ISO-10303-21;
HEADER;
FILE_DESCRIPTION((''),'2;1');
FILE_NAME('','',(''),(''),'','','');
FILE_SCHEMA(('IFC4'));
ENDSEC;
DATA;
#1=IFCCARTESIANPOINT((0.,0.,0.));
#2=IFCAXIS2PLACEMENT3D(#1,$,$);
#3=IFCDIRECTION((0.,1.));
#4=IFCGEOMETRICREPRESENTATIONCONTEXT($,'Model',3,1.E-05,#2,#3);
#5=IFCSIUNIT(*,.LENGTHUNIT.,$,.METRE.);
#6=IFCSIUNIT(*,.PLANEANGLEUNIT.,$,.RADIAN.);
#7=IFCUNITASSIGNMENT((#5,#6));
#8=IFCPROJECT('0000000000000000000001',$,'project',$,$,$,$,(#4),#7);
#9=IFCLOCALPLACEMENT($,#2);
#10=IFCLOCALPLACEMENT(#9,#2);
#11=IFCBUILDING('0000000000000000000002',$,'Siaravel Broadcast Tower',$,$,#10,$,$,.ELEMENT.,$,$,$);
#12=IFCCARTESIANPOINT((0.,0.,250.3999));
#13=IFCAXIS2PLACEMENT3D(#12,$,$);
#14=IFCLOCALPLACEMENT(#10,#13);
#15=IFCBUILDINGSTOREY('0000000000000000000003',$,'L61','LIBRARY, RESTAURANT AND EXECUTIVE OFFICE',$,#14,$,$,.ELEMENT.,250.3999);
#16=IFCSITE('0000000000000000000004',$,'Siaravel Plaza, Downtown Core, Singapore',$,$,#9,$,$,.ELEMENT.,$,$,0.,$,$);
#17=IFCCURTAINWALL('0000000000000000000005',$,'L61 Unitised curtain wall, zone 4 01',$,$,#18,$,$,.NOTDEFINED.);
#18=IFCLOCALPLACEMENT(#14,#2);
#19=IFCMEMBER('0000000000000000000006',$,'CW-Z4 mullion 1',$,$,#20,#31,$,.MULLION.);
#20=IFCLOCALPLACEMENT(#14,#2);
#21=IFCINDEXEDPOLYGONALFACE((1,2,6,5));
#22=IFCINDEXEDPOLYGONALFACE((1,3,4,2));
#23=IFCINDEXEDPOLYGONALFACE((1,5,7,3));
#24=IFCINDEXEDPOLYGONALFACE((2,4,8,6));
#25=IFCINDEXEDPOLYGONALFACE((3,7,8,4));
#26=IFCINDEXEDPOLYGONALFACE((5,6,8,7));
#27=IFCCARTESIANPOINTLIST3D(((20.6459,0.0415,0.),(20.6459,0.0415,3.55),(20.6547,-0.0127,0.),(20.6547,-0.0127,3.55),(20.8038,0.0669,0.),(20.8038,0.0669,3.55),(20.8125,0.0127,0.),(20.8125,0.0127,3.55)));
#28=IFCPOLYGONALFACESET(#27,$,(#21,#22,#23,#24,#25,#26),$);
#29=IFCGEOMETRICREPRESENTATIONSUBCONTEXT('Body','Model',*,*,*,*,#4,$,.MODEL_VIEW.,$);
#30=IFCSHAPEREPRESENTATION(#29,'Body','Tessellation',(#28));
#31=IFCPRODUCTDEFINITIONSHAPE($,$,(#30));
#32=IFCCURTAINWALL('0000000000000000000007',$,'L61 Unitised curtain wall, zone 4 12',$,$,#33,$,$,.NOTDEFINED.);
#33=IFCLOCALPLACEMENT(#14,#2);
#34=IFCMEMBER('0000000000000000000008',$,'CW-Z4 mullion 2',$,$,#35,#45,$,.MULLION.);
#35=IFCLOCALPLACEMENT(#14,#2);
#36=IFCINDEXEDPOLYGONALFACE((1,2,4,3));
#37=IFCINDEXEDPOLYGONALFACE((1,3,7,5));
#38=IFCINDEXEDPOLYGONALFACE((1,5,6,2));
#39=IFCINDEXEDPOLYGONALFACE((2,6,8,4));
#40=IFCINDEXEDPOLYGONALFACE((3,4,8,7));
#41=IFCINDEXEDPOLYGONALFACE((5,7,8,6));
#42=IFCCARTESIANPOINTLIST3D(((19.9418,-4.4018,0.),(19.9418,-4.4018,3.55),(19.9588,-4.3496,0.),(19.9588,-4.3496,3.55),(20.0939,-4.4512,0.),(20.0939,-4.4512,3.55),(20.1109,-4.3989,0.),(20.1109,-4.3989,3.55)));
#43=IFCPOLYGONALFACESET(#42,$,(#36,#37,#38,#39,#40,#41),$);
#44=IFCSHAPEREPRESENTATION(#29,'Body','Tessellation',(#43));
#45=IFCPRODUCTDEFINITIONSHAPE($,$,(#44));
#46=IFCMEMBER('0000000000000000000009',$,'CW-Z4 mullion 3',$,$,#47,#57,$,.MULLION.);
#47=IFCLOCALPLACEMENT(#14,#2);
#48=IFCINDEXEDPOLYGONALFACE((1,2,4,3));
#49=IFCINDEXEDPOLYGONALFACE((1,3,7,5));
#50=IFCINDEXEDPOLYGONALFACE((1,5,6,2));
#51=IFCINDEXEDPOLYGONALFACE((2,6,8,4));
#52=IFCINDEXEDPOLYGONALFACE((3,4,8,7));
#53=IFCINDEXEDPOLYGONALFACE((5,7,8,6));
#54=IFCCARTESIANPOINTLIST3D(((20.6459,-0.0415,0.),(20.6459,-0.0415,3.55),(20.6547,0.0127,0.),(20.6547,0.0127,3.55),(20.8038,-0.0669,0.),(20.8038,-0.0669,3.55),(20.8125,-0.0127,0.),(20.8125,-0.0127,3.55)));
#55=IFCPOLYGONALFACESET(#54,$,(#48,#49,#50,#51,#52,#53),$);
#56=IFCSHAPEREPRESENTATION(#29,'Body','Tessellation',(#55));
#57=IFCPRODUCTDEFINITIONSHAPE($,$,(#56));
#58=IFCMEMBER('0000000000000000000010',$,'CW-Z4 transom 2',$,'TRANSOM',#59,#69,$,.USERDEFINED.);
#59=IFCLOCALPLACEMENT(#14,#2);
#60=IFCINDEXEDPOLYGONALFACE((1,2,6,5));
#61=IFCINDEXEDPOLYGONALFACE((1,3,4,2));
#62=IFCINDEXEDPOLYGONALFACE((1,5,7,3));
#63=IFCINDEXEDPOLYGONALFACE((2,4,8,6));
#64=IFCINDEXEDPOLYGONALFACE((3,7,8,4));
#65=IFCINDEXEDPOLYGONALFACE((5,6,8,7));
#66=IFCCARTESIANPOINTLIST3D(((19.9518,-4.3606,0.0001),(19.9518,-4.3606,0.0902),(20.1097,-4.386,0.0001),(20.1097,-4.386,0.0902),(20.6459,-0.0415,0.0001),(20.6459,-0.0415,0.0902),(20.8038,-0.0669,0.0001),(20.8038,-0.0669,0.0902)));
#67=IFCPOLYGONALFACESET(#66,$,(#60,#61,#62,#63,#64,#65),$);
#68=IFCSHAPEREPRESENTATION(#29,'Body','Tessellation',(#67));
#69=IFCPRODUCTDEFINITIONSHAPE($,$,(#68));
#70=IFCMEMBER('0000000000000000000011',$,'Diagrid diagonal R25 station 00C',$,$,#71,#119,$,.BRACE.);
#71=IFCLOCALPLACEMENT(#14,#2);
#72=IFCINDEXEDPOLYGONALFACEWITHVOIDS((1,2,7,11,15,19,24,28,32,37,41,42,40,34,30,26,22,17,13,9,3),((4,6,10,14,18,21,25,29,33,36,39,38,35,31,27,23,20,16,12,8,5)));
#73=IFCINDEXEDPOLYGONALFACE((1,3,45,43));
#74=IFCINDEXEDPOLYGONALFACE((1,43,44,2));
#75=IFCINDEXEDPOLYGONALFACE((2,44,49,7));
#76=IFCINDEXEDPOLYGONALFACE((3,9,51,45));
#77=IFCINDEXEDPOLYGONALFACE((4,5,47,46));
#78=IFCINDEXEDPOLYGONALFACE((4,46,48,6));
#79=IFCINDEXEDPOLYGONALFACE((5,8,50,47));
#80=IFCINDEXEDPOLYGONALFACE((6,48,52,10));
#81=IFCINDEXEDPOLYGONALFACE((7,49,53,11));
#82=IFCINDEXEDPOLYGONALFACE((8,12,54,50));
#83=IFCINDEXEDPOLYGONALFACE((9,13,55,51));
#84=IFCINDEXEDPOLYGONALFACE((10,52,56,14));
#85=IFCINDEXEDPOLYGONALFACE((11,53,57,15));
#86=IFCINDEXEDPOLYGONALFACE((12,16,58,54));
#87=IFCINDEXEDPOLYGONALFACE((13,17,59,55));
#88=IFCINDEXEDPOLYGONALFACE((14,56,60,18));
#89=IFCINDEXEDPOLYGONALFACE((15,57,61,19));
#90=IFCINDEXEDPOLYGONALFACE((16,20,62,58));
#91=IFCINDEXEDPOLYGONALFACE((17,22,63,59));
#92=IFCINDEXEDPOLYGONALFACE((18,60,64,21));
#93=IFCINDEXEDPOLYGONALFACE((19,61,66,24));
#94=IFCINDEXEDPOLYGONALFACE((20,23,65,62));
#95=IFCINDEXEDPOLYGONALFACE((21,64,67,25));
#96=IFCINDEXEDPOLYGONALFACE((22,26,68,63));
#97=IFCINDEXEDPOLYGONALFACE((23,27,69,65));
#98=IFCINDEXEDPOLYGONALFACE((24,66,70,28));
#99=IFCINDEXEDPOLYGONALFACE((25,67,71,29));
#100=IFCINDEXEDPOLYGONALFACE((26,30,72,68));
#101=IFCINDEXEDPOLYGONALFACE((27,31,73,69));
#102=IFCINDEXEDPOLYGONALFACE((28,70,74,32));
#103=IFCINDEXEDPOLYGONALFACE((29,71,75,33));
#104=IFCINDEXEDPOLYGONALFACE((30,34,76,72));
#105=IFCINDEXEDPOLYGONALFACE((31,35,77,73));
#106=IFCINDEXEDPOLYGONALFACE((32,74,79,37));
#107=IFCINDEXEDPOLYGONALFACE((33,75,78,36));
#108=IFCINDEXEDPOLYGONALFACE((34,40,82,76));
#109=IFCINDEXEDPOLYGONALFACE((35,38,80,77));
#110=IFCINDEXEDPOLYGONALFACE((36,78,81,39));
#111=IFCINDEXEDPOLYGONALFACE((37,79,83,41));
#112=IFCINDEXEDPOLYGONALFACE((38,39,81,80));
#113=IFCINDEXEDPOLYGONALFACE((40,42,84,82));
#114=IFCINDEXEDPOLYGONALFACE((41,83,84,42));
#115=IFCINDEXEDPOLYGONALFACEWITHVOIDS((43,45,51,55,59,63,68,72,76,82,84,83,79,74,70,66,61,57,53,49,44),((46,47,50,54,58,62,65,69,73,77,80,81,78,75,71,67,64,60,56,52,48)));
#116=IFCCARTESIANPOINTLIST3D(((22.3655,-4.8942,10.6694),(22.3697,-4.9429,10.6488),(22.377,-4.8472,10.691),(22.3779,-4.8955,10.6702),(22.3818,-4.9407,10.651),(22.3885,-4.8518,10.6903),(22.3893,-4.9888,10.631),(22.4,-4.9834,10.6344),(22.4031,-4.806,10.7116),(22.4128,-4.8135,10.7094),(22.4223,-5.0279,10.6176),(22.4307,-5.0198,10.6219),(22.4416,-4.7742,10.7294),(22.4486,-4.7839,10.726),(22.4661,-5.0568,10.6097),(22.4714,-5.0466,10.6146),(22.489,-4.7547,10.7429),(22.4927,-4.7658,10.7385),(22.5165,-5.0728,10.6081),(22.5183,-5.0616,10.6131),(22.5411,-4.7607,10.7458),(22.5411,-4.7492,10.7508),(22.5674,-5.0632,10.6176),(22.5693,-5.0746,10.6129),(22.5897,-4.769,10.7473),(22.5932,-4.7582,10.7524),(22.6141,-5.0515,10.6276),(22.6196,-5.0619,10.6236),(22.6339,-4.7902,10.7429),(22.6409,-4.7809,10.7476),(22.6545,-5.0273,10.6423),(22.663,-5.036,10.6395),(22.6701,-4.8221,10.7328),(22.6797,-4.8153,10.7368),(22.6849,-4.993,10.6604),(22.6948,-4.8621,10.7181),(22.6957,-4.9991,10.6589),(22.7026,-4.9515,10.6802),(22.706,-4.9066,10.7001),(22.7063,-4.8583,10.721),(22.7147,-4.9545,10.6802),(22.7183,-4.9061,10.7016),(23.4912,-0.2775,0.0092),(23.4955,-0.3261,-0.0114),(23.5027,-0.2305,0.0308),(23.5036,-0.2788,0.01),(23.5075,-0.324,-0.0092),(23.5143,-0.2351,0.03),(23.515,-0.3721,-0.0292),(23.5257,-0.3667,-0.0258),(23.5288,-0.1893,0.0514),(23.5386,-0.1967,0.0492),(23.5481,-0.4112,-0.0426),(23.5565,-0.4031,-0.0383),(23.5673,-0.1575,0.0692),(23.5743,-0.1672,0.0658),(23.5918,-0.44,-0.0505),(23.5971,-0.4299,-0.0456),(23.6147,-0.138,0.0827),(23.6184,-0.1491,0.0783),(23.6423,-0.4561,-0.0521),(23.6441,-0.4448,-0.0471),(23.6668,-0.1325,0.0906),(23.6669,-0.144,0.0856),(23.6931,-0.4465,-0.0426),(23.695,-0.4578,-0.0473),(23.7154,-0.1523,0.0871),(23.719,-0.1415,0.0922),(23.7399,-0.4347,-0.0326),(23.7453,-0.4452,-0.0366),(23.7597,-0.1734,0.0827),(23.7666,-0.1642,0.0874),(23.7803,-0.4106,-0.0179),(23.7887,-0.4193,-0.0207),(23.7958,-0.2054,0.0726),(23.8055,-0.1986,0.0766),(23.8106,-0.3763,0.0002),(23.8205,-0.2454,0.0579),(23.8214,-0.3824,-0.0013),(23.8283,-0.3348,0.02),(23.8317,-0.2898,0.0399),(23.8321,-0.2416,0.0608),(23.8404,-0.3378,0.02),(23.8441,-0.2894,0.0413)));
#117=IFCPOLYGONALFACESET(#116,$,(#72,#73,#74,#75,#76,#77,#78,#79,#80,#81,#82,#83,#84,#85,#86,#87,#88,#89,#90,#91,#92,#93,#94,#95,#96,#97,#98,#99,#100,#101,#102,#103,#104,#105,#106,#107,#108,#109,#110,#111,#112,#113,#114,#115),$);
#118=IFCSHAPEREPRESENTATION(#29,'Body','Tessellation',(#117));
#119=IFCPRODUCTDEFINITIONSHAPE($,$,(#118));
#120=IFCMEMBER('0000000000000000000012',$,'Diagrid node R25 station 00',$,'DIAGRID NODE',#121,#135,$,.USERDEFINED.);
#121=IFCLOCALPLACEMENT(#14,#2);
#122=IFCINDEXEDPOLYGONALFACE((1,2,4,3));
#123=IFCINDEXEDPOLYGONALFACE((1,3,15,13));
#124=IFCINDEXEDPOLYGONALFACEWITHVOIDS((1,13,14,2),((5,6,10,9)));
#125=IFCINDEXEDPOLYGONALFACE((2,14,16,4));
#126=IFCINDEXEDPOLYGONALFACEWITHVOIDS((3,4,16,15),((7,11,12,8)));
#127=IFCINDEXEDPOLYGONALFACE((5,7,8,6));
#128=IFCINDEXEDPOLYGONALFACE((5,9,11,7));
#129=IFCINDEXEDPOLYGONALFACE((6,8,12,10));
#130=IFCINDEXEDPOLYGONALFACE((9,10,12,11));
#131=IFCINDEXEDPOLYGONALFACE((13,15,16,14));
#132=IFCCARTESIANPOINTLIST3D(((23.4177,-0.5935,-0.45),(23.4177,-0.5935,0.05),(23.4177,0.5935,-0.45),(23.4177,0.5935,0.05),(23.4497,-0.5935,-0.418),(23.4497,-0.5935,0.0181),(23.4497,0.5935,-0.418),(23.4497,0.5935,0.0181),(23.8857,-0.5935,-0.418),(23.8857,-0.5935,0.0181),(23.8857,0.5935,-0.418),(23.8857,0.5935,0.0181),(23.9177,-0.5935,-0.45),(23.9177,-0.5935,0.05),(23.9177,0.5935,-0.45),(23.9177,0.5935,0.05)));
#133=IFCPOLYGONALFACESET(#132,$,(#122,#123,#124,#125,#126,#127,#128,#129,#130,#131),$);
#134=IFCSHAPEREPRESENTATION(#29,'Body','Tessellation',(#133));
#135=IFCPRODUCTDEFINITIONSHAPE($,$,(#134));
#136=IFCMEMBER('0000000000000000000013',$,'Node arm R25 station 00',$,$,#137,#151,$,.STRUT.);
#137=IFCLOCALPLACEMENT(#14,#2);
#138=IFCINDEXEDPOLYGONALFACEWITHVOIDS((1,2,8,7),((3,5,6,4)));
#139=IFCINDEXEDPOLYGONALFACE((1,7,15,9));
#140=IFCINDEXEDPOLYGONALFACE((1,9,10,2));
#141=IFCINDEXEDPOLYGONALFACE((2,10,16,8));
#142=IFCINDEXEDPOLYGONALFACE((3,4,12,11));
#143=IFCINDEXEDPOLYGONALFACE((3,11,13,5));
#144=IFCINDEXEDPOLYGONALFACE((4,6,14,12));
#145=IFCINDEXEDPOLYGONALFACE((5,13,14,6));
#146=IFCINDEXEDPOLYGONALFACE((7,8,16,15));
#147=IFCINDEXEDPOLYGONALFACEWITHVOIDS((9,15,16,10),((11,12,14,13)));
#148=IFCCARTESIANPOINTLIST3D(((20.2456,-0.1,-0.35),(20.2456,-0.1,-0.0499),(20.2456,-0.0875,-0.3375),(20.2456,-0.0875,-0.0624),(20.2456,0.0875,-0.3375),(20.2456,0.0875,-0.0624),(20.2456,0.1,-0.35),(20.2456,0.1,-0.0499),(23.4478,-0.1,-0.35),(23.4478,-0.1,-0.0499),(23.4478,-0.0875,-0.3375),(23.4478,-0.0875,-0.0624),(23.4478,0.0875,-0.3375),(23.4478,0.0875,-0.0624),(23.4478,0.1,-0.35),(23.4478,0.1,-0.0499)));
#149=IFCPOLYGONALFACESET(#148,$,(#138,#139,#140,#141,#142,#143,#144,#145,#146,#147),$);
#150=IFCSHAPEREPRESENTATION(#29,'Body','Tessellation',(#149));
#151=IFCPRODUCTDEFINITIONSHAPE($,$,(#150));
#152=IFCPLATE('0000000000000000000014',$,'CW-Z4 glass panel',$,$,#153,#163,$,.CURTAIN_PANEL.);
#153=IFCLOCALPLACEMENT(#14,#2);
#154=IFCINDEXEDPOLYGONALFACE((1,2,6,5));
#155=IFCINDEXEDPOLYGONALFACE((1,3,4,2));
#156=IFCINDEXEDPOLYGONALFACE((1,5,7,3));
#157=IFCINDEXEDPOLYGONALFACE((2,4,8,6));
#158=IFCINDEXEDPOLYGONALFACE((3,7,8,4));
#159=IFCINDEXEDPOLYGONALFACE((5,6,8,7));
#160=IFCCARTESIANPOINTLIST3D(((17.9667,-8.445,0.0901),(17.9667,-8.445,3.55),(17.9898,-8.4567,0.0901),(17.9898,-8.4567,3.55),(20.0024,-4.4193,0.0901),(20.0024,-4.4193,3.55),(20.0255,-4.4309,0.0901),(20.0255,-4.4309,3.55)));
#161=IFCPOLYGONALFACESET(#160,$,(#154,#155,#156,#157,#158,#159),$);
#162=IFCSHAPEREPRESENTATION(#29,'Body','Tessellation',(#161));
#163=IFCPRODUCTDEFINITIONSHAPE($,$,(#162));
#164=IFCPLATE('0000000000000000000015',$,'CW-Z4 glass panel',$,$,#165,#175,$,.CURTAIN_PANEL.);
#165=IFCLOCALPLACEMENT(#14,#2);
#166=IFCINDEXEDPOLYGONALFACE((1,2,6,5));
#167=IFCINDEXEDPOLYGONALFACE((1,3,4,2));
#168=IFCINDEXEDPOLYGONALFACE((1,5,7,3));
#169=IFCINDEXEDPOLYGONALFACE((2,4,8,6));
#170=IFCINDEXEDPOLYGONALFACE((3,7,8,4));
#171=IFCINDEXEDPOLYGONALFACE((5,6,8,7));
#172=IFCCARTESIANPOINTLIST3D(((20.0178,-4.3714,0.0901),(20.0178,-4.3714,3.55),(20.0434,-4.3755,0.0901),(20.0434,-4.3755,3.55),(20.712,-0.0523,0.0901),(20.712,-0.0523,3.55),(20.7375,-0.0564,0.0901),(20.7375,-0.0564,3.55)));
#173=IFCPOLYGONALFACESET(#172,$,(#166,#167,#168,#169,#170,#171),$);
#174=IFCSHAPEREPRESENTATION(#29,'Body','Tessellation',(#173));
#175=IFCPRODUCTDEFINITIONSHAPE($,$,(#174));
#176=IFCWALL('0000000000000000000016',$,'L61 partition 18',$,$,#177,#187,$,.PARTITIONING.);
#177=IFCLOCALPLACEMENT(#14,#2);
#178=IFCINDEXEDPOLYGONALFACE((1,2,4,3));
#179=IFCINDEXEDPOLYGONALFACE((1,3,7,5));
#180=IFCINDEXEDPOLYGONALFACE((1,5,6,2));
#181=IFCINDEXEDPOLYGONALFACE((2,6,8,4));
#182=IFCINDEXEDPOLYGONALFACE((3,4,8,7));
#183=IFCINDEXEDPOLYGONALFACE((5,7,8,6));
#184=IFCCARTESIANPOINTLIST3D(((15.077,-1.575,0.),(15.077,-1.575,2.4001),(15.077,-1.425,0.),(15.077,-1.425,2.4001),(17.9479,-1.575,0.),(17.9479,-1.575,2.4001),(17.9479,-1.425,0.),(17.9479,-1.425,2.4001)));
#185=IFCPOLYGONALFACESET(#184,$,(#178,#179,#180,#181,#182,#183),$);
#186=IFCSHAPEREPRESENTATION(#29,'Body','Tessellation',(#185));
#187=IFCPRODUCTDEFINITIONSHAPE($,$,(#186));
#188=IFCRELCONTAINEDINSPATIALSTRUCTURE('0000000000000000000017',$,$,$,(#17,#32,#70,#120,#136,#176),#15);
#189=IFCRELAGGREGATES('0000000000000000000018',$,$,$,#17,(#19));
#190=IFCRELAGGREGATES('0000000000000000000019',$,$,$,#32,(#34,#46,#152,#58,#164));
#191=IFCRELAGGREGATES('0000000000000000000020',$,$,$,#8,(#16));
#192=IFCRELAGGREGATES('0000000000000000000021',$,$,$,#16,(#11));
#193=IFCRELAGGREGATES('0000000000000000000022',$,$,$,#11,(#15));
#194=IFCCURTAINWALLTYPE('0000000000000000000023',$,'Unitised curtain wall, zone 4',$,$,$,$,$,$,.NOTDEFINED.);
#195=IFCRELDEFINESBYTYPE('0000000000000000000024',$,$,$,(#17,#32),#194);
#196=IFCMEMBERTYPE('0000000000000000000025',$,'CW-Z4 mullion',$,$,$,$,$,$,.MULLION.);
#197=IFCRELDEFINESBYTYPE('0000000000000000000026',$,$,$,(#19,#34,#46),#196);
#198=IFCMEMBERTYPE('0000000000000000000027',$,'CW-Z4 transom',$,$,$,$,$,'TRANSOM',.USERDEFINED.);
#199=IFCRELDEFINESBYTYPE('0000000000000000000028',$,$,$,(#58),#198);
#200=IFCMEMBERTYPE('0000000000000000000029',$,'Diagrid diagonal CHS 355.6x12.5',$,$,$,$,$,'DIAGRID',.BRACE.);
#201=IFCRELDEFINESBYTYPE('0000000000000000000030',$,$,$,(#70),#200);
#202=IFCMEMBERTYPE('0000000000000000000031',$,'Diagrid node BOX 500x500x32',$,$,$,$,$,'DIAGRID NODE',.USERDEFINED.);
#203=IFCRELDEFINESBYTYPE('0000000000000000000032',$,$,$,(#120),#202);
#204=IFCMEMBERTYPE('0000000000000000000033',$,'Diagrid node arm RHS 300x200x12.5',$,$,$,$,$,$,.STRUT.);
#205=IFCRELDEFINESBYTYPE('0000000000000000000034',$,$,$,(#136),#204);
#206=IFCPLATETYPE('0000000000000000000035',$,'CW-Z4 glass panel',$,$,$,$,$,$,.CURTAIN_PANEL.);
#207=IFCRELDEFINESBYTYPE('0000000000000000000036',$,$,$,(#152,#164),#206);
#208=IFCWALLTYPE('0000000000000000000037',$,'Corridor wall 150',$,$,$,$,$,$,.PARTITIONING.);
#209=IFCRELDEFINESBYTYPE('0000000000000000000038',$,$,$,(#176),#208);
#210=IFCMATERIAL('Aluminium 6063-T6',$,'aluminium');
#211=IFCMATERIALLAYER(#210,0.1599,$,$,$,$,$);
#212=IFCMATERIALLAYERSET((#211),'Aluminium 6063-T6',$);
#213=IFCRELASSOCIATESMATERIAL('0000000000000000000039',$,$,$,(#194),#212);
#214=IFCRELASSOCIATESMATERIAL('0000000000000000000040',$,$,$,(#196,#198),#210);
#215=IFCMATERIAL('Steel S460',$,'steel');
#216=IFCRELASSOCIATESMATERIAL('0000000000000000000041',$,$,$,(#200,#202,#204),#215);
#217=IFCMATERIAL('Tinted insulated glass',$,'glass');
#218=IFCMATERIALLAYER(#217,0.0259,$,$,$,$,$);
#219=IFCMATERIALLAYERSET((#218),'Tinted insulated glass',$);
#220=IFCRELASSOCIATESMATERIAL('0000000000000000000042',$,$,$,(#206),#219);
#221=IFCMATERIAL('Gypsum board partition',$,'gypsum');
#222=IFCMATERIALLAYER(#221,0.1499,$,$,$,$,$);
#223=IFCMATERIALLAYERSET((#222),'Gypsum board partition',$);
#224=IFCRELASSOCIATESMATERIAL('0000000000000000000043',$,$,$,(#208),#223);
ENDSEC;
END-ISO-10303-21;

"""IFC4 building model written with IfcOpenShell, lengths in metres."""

from ifc_helpers import new_model, si_unit, direction, frame, frame_2d, origin, origin_2d, place, context, subcontext, project, spatial, rectangle, hollow_rectangle, hollow_circle, extrude, material, layer, layer_set, material_profile, profile_set, type_object, element, aggregate, save


model = new_model("IFC4")

# Units and contexts
model_context = context("Model", 3, precision=1e-05, world=origin(), true_north=direction((0.0, 1.0)))
body_context = subcontext(model_context, "Body", "Model", "MODEL_VIEW")
ifc_project = project(units=[si_unit("LENGTHUNIT", "METRE"), si_unit("PLANEANGLEUNIT", "RADIAN")], contexts=[model_context])

# Site, building, storey
site_placement = place(None, origin())
site = spatial("IfcSite", under=ifc_project, at=site_placement, Name="Siaravel Plaza, Downtown Core, Singapore", CompositionType="ELEMENT", RefElevation=0.0)
building_placement = place(site_placement, origin())
building = spatial("IfcBuilding", under=site, at=building_placement, Name="Siaravel Broadcast Tower", CompositionType="ELEMENT")
storey_placement = place(building_placement, frame((0.0, 0.0, 250.3999)))
storey = spatial("IfcBuildingStorey", under=building, at=storey_placement, Name="L61", Description="LIBRARY, RESTAURANT AND EXECUTIVE OFFICE", CompositionType="ELEMENT", Elevation=250.3999)

# Curtain wall, member
ifc_material_1 = material(Name="Aluminium 6063-T6", Category="aluminium")
ifc_layer_1 = layer(ifc_material_1, 0.1599)
ifc_layer_set_1 = layer_set([ifc_layer_1], Name="Aluminium 6063-T6")
curtain_wall_type = type_object("IfcCurtainWallType", Name="Unitised curtain wall, zone 4", PredefinedType="NOTDEFINED", material=ifc_layer_set_1)
curtain_wall_1_placement = place(storey_placement, origin())
curtain_wall_1 = element("IfcCurtainWall", 1, at=curtain_wall_1_placement, inside=storey, type_object=curtain_wall_type, Name="L61 Unitised curtain wall, zone 4 01", PredefinedType="NOTDEFINED")
ifc_material_profile_1 = material_profile(ifc_material_1, rectangle(XDim=0.1599, YDim=0.0549, at=origin_2d()))
ifc_profile_set_1 = profile_set([ifc_material_profile_1], Name="Aluminium 6063-T6")
member_type_1 = type_object("IfcMemberType", Name="CW-Z4 mullion", PredefinedType="MULLION", material=ifc_profile_set_1)
member_1_placement = place(storey_placement, frame((20.7292, 0.0271, 0.0), z_axis=(0.0, 0.0, 1.0), x_axis=(-0.987329, -0.158685, 0.0)))
member_1 = element("IfcMember", 2, at=member_1_placement, type_object=member_type_1, Name="CW-Z4 mullion 1", PredefinedType="MULLION", context=body_context, shape_type="SweptSolid", body=[
    extrude(rectangle(XDim=0.1599, YDim=0.0549, at=origin_2d()), origin(), (0.0, 0.0, 1.0), 3.55),
])
aggregate(curtain_wall_1, [member_1])

# Curtain wall, members
curtain_wall_2_placement = place(storey_placement, origin())
curtain_wall_2 = element("IfcCurtainWall", 3, at=curtain_wall_2_placement, inside=storey, type_object=curtain_wall_type, Name="L61 Unitised curtain wall, zone 4 12", PredefinedType="NOTDEFINED")
member_2_placement = place(storey_placement, frame((20.0264, -4.4004, 0.0), z_axis=(0.0, 0.0, 1.0), x_axis=(-0.951178, 0.308644, 0.0)))
member_2 = element("IfcMember", 4, at=member_2_placement, type_object=member_type_1, Name="CW-Z4 mullion 2", PredefinedType="MULLION", context=body_context, shape_type="SweptSolid", body=[
    extrude(rectangle(XDim=0.1599, YDim=0.0549, at=origin_2d()), origin(), (0.0, 0.0, 1.0), 3.55),
])
member_3_placement = place(storey_placement, frame((20.7292, -0.0271, 0.0), z_axis=(0.0, 0.0, 1.0), x_axis=(-0.987329, 0.158685, 0.0)))
member_3 = element("IfcMember", 5, at=member_3_placement, type_object=member_type_1, Name="CW-Z4 mullion 3", PredefinedType="MULLION", context=body_context, shape_type="SweptSolid", body=[
    extrude(rectangle(XDim=0.1599, YDim=0.0549, at=origin_2d()), origin(), (0.0, 0.0, 1.0), 3.55),
])
ifc_material_profile_2 = material_profile(ifc_material_1, rectangle(XDim=0.1599, YDim=0.0901, at=origin_2d()))
ifc_profile_set_2 = profile_set([ifc_material_profile_2], Name="Aluminium 6063-T6")
member_type_2 = type_object("IfcMemberType", Name="CW-Z4 transom", ElementType="TRANSOM", PredefinedType="USERDEFINED", material=ifc_profile_set_2)
member_4_placement = place(storey_placement, frame((20.0308, -4.3733, 0.0452), z_axis=(0.158667, 0.987332, 0.0), x_axis=(-0.987332, 0.158667, 0.0)))
member_4 = element("IfcMember", 6, at=member_4_placement, type_object=member_type_2, Name="CW-Z4 transom 2", ObjectType="TRANSOM", PredefinedType="USERDEFINED", context=body_context, shape_type="SweptSolid", body=[
    extrude(rectangle(XDim=0.1599, YDim=0.0901, at=origin_2d()), origin(), (0.0, 0.0, 1.0), 4.3745),
])

# Members
ifc_material_2 = material(Name="Steel S460", Category="steel")
ifc_material_profile_3 = material_profile(ifc_material_2, hollow_circle(Radius=0.1777, WallThickness=0.0125, at=origin_2d()))
ifc_profile_set_3 = profile_set([ifc_material_profile_3], Name="Steel S460")
member_type_3 = type_object("IfcMemberType", Name="Diagrid diagonal CHS 355.6x12.5", ElementType="DIAGRID", PredefinedType="BRACE", material=ifc_profile_set_3)
member_5_placement = place(storey_placement, frame((23.6677, -0.2957, 0.02), z_axis=(-0.096453, -0.395559, 0.913362), x_axis=(0.971534, -0.236898, 0.0)))
element("IfcMember", 7, at=member_5_placement, inside=storey, type_object=member_type_3, Name="Diagrid diagonal R25 station 00C", PredefinedType="BRACE", context=body_context, shape_type="SweptSolid", body=[
    extrude(hollow_circle(Radius=0.1777, WallThickness=0.0125, at=origin_2d()), origin(), (0.0, 0.0, 1.0), 11.6714),
])
ifc_material_profile_4 = material_profile(ifc_material_2, hollow_rectangle(XDim=0.5, YDim=0.5, WallThickness=0.032, at=origin_2d()))
ifc_profile_set_4 = profile_set([ifc_material_profile_4], Name="Steel S460")
member_type_4 = type_object("IfcMemberType", Name="Diagrid node BOX 500x500x32", ElementType="DIAGRID NODE", PredefinedType="USERDEFINED", material=ifc_profile_set_4)
member_6_placement = place(storey_placement, frame((23.6677, -0.5935, -0.2), z_axis=(0.0, 1.0, 0.0), x_axis=(-1.0, 0.0, 0.0)))
element("IfcMember", 8, at=member_6_placement, inside=storey, type_object=member_type_4, Name="Diagrid node R25 station 00", ObjectType="DIAGRID NODE", PredefinedType="USERDEFINED", context=body_context, shape_type="SweptSolid", body=[
    extrude(hollow_rectangle(XDim=0.5, YDim=0.5, WallThickness=0.032, at=origin_2d()), origin(), (0.0, 0.0, 1.0), 1.187),
])
ifc_material_profile_5 = material_profile(ifc_material_2, hollow_rectangle(XDim=0.2, YDim=0.3, WallThickness=0.0125, at=origin_2d()))
ifc_profile_set_5 = profile_set([ifc_material_profile_5], Name="Steel S460")
member_type_5 = type_object("IfcMemberType", Name="Diagrid node arm RHS 300x200x12.5", PredefinedType="STRUT", material=ifc_profile_set_5)
member_7_placement = place(storey_placement, frame((20.2456, 0.0, -0.2), z_axis=(1.0, 0.0, 0.0), x_axis=(0.0, 1.0, 0.0)))
element("IfcMember", 9, at=member_7_placement, inside=storey, type_object=member_type_5, Name="Node arm R25 station 00", PredefinedType="STRUT", context=body_context, shape_type="SweptSolid", body=[
    extrude(hollow_rectangle(XDim=0.2, YDim=0.3, WallThickness=0.0125, at=origin_2d()), origin(), (0.0, 0.0, 1.0), 3.2021),
])

# Plates
ifc_material_3 = material(Name="Tinted insulated glass", Category="glass")
ifc_layer_2 = layer(ifc_material_3, 0.0259)
ifc_layer_set_2 = layer_set([ifc_layer_2], Name="Tinted insulated glass")
plate_type = type_object("IfcPlateType", Name="CW-Z4 glass panel", PredefinedType="CURTAIN_PANEL", material=ifc_layer_set_2)
plate_1_placement = place(storey_placement, frame((18.9961, -6.438, 0.0901), z_axis=(0.0, 0.0, 1.0), x_axis=(0.451259, 0.892393, 0.0)))
plate_1 = element("IfcPlate", 10, at=plate_1_placement, type_object=plate_type, Name="CW-Z4 glass panel", PredefinedType="CURTAIN_PANEL", context=body_context, shape_type="SweptSolid", body=[
    extrude(rectangle(XDim=4.5112, YDim=0.0259, at=origin_2d()), origin(), (0.0, 0.0, 1.0), 3.46),
])
plate_2_placement = place(storey_placement, frame((20.3777, -2.2139, 0.0901), z_axis=(0.0, 0.0, 1.0), x_axis=(0.158685, 0.987329, 0.0)))
plate_2 = element("IfcPlate", 11, at=plate_2_placement, type_object=plate_type, Name="CW-Z4 glass panel", PredefinedType="CURTAIN_PANEL", context=body_context, shape_type="SweptSolid", body=[
    extrude(rectangle(XDim=4.3745, YDim=0.0259, at=origin_2d()), origin(), (0.0, 0.0, 1.0), 3.46),
])
aggregate(curtain_wall_2, [member_2, member_3, plate_1, member_4, plate_2])

# Shared definitions
ifc_material_4 = material(Name="Gypsum board partition", Category="gypsum")
ifc_layer_3 = layer(ifc_material_4, 0.1499)
ifc_layer_set_3 = layer_set([ifc_layer_3], Name="Gypsum board partition")
wall_type = type_object("IfcWallType", Name="Corridor wall 150", PredefinedType="PARTITIONING", material=ifc_layer_set_3)

# Wall
wall_1_placement = place(storey_placement, frame((15.0769, -1.5, 0.0), z_axis=(0.0, 0.0, 1.0), x_axis=(1.0, 0.0, 0.0)))
element("IfcWall", 12, at=wall_1_placement, inside=storey, type_object=wall_type, Name="L61 partition 18", PredefinedType="PARTITIONING", context=body_context, shape_type="SweptSolid", body=[
    extrude(rectangle(XDim=2.8708, YDim=0.1499, at=frame_2d((1.4355, 0.0))), origin(), (0.0, 0.0, 1.0), 2.4001),
])

save(model, "model.ifc")
